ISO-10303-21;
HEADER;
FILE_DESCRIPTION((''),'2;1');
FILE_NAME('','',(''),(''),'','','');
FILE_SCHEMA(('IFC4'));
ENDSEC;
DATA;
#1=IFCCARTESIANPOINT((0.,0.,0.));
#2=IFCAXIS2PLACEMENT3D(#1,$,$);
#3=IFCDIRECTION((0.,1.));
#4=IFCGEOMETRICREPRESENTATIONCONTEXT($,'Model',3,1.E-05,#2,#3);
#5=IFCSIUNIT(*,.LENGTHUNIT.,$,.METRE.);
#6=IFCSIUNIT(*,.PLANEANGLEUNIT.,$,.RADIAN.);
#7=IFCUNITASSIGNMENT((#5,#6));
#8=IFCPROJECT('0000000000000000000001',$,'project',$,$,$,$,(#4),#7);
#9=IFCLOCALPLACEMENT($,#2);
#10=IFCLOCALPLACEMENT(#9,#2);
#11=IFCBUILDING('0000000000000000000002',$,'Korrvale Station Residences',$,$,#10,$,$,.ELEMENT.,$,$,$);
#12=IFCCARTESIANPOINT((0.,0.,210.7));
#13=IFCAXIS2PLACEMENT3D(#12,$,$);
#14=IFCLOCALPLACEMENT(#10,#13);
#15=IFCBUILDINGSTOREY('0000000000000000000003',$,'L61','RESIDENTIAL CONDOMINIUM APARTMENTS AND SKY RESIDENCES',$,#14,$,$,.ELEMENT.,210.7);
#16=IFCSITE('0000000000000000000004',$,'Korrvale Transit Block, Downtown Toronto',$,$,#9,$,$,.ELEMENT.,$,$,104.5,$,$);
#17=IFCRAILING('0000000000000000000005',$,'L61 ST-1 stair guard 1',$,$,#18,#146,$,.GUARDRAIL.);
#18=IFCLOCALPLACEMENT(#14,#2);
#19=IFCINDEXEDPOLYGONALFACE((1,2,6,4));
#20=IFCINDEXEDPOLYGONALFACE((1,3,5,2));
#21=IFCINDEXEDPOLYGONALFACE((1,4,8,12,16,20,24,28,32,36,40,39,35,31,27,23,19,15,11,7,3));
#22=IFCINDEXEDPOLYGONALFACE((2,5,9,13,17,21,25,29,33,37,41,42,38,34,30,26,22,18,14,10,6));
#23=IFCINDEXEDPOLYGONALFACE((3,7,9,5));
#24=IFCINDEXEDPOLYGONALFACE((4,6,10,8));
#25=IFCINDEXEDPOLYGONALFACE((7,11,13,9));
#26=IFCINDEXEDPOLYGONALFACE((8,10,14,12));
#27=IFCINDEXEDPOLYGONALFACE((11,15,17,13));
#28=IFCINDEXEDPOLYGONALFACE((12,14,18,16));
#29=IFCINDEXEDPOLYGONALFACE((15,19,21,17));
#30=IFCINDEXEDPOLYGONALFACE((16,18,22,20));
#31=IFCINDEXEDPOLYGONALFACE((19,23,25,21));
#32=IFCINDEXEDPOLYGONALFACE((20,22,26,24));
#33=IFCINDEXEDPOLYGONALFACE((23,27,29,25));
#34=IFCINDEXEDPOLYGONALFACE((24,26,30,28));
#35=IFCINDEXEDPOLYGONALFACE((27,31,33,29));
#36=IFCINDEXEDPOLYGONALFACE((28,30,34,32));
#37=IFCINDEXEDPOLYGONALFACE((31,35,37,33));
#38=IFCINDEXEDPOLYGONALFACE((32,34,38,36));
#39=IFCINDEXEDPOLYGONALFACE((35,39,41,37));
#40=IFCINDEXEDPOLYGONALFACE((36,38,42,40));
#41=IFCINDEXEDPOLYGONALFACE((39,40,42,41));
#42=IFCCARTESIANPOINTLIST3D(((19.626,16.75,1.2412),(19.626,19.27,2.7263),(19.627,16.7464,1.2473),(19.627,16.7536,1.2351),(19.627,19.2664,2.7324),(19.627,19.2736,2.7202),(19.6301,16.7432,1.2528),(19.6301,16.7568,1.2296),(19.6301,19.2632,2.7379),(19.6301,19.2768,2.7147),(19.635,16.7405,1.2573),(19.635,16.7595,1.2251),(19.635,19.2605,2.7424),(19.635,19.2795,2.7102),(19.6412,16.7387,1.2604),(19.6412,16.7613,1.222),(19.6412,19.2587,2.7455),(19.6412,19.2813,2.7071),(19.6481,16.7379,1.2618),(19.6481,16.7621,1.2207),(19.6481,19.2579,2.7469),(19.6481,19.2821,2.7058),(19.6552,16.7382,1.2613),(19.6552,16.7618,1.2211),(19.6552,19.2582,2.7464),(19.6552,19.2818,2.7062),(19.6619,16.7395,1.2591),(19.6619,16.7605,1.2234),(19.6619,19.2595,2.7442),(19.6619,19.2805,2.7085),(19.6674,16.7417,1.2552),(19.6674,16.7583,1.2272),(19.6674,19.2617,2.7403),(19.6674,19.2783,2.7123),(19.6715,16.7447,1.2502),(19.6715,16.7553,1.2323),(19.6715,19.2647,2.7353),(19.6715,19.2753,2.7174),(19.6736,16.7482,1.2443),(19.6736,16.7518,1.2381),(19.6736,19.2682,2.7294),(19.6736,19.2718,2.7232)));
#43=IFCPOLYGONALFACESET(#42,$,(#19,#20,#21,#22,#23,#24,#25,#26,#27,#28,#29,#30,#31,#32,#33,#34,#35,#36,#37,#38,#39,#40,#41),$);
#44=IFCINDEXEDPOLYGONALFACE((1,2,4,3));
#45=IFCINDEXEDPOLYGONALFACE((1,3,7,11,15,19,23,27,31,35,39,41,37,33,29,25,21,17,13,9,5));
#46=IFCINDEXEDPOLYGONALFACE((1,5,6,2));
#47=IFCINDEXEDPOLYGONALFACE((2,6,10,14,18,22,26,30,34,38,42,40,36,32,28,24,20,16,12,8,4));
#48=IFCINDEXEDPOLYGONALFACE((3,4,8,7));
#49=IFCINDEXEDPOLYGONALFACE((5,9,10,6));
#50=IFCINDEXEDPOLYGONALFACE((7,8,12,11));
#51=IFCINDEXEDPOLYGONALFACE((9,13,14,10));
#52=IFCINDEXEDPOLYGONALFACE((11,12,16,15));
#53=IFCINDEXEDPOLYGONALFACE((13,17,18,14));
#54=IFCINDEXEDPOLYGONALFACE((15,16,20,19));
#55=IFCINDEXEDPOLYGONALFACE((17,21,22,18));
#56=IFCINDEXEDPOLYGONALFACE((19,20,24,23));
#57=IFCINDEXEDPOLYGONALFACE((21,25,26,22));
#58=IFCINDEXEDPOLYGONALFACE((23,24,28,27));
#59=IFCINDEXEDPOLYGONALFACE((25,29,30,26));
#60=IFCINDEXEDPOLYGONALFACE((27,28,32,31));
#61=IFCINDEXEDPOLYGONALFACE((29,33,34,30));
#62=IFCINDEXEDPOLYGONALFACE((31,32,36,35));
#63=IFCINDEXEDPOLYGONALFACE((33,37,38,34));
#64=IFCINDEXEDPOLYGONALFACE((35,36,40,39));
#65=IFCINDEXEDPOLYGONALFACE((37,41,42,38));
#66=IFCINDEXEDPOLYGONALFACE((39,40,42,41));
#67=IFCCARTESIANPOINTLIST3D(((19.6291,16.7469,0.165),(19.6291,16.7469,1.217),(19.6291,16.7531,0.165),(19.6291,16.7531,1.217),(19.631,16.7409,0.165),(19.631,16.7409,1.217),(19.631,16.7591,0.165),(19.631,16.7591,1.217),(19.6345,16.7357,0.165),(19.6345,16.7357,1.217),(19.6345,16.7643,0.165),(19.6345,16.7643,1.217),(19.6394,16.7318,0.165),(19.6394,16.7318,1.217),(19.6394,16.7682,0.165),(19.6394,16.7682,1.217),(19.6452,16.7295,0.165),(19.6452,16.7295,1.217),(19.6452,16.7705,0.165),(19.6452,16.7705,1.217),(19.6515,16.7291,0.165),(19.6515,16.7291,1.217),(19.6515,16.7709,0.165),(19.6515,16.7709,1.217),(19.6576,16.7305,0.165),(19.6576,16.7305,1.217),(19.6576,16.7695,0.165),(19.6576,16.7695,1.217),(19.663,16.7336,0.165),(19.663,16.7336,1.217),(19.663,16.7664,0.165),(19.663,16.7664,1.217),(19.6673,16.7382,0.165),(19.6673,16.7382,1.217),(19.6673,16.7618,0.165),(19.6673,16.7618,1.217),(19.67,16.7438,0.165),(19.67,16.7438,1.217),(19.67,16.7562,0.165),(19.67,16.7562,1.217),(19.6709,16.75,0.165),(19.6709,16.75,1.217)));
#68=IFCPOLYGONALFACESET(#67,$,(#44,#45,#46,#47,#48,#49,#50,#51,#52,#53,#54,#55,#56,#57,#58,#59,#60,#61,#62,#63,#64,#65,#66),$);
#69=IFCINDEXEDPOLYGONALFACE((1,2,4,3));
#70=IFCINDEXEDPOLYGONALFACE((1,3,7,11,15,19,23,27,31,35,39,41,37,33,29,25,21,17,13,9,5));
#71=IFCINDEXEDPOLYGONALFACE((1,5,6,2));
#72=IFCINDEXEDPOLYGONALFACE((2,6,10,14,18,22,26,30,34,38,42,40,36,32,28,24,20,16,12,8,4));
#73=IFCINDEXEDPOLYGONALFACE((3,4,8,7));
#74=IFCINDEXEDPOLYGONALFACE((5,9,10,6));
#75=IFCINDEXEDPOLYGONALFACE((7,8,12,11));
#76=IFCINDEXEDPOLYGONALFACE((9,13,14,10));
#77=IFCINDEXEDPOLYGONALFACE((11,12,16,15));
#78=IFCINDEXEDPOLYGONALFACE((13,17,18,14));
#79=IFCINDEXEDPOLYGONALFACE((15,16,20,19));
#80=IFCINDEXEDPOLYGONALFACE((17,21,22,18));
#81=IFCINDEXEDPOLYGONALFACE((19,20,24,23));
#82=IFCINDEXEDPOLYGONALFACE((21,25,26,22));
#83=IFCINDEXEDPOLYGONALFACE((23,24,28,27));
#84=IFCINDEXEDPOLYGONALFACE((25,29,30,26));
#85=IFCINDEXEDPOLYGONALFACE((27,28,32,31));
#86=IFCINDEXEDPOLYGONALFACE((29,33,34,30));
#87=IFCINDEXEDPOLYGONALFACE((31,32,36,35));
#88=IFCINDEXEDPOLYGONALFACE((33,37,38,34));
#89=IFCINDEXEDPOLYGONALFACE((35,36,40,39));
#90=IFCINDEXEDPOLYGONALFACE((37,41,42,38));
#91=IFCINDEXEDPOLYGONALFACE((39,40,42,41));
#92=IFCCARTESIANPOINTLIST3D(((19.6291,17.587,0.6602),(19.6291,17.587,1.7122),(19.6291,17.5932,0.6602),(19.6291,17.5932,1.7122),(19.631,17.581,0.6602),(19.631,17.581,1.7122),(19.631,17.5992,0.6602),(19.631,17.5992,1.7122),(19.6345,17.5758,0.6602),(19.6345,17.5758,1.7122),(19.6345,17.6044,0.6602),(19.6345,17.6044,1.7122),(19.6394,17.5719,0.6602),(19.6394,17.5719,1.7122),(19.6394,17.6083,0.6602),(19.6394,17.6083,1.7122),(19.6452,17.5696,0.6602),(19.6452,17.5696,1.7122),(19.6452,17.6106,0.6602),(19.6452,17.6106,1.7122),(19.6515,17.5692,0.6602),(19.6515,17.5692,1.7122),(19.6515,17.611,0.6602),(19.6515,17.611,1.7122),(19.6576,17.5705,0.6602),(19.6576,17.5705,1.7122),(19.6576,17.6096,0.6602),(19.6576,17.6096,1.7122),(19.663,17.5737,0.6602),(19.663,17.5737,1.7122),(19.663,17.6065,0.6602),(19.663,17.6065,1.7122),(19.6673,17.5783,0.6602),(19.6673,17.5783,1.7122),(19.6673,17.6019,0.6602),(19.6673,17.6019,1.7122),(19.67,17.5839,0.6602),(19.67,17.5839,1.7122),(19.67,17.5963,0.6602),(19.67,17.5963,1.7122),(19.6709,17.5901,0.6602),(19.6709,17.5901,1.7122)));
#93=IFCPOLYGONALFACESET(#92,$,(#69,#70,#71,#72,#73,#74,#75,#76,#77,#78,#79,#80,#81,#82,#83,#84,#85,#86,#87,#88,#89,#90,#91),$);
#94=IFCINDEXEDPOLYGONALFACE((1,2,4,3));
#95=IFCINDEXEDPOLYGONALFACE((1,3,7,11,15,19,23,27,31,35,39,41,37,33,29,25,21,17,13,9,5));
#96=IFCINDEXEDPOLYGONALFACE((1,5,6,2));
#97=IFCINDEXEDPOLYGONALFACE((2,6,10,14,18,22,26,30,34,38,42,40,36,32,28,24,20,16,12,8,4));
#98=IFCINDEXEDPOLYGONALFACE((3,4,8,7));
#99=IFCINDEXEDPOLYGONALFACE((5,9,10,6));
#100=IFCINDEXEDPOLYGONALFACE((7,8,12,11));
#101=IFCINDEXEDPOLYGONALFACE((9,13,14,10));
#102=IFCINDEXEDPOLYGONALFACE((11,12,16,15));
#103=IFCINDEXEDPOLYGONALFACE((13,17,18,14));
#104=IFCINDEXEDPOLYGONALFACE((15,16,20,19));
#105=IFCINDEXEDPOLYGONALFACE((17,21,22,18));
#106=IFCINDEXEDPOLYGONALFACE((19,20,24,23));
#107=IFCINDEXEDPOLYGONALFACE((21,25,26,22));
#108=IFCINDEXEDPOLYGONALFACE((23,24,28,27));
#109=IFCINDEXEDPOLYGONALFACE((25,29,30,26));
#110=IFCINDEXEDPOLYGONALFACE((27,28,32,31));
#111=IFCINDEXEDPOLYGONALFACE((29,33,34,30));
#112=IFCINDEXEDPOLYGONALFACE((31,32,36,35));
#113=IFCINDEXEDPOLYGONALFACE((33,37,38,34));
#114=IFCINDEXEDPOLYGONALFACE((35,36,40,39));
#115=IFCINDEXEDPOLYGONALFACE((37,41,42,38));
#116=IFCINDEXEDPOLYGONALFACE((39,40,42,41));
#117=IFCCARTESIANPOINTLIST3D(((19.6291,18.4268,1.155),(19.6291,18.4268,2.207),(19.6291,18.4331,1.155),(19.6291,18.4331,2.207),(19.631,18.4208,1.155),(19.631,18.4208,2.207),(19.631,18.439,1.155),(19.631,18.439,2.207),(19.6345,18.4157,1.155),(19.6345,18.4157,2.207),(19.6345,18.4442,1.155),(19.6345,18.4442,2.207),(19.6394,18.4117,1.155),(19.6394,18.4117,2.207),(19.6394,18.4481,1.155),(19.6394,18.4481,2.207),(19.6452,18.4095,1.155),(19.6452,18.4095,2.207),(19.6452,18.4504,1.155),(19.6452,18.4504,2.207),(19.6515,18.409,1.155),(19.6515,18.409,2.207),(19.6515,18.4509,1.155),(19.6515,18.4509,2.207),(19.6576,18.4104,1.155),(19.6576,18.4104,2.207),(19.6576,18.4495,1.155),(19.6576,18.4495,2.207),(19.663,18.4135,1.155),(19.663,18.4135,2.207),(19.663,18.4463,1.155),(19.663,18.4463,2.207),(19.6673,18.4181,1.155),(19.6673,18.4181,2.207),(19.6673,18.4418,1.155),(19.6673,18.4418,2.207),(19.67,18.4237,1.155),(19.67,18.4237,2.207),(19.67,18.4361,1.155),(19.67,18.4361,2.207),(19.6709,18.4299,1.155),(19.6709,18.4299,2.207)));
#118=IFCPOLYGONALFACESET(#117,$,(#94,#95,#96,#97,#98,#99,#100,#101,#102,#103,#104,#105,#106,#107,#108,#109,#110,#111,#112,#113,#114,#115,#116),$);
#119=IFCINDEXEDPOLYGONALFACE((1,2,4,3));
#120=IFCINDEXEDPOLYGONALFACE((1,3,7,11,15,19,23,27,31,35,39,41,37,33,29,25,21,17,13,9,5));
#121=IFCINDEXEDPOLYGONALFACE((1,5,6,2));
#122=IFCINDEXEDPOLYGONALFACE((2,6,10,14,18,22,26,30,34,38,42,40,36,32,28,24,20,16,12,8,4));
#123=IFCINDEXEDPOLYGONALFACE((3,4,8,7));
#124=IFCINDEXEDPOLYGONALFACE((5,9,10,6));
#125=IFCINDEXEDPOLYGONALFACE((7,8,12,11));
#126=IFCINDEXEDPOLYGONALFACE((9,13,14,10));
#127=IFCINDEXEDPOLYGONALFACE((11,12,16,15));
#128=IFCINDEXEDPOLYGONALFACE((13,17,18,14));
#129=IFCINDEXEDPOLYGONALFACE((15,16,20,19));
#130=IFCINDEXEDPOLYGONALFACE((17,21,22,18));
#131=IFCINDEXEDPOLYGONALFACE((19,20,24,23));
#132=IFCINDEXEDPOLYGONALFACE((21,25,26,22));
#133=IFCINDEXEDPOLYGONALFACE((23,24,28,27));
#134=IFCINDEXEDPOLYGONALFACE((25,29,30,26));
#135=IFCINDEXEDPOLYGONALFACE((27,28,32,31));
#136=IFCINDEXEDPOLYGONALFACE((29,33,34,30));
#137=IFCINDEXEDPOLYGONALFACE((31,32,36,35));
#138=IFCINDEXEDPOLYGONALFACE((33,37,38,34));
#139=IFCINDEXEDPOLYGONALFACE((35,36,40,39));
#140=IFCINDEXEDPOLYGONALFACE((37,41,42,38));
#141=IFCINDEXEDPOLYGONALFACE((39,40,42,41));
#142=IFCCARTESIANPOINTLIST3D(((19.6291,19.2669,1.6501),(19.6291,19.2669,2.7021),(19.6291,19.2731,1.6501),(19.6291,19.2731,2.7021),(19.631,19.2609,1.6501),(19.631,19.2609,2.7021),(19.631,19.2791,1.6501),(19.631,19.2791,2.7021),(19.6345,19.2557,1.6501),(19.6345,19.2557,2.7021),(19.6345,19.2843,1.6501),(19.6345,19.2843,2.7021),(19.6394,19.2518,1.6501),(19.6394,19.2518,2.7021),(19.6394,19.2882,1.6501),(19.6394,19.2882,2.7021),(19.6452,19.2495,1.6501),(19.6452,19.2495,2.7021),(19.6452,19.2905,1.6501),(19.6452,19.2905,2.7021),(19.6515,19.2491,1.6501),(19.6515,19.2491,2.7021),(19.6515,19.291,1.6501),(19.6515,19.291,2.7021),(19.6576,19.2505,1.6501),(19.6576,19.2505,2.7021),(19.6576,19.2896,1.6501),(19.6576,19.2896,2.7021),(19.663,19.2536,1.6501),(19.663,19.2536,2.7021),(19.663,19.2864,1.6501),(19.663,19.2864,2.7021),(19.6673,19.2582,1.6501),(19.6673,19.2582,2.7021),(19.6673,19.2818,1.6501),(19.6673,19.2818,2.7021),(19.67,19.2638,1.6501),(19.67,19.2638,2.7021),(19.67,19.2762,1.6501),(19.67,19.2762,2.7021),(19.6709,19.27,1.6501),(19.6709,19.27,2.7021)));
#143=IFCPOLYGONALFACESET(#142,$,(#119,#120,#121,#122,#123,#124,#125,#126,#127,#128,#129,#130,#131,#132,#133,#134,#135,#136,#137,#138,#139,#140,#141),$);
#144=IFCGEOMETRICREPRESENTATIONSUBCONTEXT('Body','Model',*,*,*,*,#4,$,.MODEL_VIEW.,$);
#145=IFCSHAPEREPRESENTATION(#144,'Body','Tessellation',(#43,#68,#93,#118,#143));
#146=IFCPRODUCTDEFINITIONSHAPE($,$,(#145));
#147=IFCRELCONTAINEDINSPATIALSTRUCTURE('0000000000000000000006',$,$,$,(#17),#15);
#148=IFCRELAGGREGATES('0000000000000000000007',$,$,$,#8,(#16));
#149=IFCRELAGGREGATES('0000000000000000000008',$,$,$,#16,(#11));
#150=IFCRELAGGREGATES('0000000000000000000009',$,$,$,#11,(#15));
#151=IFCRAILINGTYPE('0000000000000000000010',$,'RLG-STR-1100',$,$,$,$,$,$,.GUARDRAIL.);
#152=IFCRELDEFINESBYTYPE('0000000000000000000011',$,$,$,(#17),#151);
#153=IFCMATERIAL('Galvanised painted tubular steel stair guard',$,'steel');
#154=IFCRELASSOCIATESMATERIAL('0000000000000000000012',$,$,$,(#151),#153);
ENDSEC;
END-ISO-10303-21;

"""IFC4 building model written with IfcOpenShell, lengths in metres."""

from ifc_helpers import new_model, si_unit, direction, frame, origin, origin_2d, place, context, subcontext, project, spatial, circle, extrude, material, type_object, element, save


model = new_model("IFC4")

# Units and contexts
model_context = context("Model", 3, precision=1e-05, world=origin(), true_north=direction((0.0, 1.0)))
body_context = subcontext(model_context, "Body", "Model", "MODEL_VIEW")
ifc_project = project(units=[si_unit("LENGTHUNIT", "METRE"), si_unit("PLANEANGLEUNIT", "RADIAN")], contexts=[model_context])

# Site, building, storey
site_placement = place(None, origin())
site = spatial("IfcSite", under=ifc_project, at=site_placement, Name="Korrvale Transit Block, Downtown Toronto", CompositionType="ELEMENT", RefElevation=104.5)
building_placement = place(site_placement, origin())
building = spatial("IfcBuilding", under=site, at=building_placement, Name="Korrvale Station Residences", CompositionType="ELEMENT")
storey_placement = place(building_placement, frame((0.0, 0.0, 210.7)))
storey = spatial("IfcBuildingStorey", under=building, at=storey_placement, Name="L61", Description="RESIDENTIAL CONDOMINIUM APARTMENTS AND SKY RESIDENCES", CompositionType="ELEMENT", Elevation=210.7)

# Railing
ifc_material_1 = material(Name="Galvanised painted tubular steel stair guard", Category="steel")
railing_type_1 = type_object("IfcRailingType", Name="RLG-STR-1100", PredefinedType="GUARDRAIL", material=ifc_material_1)
railing_1_placement = place(storey_placement, frame((19.6499, 16.75, 0.165)))
element("IfcRailing", 1, at=railing_1_placement, inside=storey, type_object=railing_type_1, Name="L61 ST-1 stair guard 1", PredefinedType="GUARDRAIL", context=body_context, shape_type="SweptSolid", body=[
    extrude(circle(Radius=0.0239, at=origin_2d()), frame((0.0, 0.0, 1.0762), z_axis=(0.0, 0.861524, 0.507717), x_axis=(-1.0, 0.0, 0.0)), (0.0, 0.0, 1.0), 2.925),
    extrude(circle(Radius=0.021, at=origin_2d()), origin(), (0.0, 0.0, 1.0), 1.052),
    extrude(circle(Radius=0.021, at=origin_2d()), frame((0.0, 0.8401, 0.4951)), (0.0, 0.0, 1.0), 1.052),
    extrude(circle(Radius=0.021, at=origin_2d()), frame((0.0, 1.6799, 0.99)), (0.0, 0.0, 1.0), 1.052),
    extrude(circle(Radius=0.021, at=origin_2d()), frame((0.0, 2.52, 1.4851)), (0.0, 0.0, 1.0), 1.052),
])

save(model, "model.ifc")
